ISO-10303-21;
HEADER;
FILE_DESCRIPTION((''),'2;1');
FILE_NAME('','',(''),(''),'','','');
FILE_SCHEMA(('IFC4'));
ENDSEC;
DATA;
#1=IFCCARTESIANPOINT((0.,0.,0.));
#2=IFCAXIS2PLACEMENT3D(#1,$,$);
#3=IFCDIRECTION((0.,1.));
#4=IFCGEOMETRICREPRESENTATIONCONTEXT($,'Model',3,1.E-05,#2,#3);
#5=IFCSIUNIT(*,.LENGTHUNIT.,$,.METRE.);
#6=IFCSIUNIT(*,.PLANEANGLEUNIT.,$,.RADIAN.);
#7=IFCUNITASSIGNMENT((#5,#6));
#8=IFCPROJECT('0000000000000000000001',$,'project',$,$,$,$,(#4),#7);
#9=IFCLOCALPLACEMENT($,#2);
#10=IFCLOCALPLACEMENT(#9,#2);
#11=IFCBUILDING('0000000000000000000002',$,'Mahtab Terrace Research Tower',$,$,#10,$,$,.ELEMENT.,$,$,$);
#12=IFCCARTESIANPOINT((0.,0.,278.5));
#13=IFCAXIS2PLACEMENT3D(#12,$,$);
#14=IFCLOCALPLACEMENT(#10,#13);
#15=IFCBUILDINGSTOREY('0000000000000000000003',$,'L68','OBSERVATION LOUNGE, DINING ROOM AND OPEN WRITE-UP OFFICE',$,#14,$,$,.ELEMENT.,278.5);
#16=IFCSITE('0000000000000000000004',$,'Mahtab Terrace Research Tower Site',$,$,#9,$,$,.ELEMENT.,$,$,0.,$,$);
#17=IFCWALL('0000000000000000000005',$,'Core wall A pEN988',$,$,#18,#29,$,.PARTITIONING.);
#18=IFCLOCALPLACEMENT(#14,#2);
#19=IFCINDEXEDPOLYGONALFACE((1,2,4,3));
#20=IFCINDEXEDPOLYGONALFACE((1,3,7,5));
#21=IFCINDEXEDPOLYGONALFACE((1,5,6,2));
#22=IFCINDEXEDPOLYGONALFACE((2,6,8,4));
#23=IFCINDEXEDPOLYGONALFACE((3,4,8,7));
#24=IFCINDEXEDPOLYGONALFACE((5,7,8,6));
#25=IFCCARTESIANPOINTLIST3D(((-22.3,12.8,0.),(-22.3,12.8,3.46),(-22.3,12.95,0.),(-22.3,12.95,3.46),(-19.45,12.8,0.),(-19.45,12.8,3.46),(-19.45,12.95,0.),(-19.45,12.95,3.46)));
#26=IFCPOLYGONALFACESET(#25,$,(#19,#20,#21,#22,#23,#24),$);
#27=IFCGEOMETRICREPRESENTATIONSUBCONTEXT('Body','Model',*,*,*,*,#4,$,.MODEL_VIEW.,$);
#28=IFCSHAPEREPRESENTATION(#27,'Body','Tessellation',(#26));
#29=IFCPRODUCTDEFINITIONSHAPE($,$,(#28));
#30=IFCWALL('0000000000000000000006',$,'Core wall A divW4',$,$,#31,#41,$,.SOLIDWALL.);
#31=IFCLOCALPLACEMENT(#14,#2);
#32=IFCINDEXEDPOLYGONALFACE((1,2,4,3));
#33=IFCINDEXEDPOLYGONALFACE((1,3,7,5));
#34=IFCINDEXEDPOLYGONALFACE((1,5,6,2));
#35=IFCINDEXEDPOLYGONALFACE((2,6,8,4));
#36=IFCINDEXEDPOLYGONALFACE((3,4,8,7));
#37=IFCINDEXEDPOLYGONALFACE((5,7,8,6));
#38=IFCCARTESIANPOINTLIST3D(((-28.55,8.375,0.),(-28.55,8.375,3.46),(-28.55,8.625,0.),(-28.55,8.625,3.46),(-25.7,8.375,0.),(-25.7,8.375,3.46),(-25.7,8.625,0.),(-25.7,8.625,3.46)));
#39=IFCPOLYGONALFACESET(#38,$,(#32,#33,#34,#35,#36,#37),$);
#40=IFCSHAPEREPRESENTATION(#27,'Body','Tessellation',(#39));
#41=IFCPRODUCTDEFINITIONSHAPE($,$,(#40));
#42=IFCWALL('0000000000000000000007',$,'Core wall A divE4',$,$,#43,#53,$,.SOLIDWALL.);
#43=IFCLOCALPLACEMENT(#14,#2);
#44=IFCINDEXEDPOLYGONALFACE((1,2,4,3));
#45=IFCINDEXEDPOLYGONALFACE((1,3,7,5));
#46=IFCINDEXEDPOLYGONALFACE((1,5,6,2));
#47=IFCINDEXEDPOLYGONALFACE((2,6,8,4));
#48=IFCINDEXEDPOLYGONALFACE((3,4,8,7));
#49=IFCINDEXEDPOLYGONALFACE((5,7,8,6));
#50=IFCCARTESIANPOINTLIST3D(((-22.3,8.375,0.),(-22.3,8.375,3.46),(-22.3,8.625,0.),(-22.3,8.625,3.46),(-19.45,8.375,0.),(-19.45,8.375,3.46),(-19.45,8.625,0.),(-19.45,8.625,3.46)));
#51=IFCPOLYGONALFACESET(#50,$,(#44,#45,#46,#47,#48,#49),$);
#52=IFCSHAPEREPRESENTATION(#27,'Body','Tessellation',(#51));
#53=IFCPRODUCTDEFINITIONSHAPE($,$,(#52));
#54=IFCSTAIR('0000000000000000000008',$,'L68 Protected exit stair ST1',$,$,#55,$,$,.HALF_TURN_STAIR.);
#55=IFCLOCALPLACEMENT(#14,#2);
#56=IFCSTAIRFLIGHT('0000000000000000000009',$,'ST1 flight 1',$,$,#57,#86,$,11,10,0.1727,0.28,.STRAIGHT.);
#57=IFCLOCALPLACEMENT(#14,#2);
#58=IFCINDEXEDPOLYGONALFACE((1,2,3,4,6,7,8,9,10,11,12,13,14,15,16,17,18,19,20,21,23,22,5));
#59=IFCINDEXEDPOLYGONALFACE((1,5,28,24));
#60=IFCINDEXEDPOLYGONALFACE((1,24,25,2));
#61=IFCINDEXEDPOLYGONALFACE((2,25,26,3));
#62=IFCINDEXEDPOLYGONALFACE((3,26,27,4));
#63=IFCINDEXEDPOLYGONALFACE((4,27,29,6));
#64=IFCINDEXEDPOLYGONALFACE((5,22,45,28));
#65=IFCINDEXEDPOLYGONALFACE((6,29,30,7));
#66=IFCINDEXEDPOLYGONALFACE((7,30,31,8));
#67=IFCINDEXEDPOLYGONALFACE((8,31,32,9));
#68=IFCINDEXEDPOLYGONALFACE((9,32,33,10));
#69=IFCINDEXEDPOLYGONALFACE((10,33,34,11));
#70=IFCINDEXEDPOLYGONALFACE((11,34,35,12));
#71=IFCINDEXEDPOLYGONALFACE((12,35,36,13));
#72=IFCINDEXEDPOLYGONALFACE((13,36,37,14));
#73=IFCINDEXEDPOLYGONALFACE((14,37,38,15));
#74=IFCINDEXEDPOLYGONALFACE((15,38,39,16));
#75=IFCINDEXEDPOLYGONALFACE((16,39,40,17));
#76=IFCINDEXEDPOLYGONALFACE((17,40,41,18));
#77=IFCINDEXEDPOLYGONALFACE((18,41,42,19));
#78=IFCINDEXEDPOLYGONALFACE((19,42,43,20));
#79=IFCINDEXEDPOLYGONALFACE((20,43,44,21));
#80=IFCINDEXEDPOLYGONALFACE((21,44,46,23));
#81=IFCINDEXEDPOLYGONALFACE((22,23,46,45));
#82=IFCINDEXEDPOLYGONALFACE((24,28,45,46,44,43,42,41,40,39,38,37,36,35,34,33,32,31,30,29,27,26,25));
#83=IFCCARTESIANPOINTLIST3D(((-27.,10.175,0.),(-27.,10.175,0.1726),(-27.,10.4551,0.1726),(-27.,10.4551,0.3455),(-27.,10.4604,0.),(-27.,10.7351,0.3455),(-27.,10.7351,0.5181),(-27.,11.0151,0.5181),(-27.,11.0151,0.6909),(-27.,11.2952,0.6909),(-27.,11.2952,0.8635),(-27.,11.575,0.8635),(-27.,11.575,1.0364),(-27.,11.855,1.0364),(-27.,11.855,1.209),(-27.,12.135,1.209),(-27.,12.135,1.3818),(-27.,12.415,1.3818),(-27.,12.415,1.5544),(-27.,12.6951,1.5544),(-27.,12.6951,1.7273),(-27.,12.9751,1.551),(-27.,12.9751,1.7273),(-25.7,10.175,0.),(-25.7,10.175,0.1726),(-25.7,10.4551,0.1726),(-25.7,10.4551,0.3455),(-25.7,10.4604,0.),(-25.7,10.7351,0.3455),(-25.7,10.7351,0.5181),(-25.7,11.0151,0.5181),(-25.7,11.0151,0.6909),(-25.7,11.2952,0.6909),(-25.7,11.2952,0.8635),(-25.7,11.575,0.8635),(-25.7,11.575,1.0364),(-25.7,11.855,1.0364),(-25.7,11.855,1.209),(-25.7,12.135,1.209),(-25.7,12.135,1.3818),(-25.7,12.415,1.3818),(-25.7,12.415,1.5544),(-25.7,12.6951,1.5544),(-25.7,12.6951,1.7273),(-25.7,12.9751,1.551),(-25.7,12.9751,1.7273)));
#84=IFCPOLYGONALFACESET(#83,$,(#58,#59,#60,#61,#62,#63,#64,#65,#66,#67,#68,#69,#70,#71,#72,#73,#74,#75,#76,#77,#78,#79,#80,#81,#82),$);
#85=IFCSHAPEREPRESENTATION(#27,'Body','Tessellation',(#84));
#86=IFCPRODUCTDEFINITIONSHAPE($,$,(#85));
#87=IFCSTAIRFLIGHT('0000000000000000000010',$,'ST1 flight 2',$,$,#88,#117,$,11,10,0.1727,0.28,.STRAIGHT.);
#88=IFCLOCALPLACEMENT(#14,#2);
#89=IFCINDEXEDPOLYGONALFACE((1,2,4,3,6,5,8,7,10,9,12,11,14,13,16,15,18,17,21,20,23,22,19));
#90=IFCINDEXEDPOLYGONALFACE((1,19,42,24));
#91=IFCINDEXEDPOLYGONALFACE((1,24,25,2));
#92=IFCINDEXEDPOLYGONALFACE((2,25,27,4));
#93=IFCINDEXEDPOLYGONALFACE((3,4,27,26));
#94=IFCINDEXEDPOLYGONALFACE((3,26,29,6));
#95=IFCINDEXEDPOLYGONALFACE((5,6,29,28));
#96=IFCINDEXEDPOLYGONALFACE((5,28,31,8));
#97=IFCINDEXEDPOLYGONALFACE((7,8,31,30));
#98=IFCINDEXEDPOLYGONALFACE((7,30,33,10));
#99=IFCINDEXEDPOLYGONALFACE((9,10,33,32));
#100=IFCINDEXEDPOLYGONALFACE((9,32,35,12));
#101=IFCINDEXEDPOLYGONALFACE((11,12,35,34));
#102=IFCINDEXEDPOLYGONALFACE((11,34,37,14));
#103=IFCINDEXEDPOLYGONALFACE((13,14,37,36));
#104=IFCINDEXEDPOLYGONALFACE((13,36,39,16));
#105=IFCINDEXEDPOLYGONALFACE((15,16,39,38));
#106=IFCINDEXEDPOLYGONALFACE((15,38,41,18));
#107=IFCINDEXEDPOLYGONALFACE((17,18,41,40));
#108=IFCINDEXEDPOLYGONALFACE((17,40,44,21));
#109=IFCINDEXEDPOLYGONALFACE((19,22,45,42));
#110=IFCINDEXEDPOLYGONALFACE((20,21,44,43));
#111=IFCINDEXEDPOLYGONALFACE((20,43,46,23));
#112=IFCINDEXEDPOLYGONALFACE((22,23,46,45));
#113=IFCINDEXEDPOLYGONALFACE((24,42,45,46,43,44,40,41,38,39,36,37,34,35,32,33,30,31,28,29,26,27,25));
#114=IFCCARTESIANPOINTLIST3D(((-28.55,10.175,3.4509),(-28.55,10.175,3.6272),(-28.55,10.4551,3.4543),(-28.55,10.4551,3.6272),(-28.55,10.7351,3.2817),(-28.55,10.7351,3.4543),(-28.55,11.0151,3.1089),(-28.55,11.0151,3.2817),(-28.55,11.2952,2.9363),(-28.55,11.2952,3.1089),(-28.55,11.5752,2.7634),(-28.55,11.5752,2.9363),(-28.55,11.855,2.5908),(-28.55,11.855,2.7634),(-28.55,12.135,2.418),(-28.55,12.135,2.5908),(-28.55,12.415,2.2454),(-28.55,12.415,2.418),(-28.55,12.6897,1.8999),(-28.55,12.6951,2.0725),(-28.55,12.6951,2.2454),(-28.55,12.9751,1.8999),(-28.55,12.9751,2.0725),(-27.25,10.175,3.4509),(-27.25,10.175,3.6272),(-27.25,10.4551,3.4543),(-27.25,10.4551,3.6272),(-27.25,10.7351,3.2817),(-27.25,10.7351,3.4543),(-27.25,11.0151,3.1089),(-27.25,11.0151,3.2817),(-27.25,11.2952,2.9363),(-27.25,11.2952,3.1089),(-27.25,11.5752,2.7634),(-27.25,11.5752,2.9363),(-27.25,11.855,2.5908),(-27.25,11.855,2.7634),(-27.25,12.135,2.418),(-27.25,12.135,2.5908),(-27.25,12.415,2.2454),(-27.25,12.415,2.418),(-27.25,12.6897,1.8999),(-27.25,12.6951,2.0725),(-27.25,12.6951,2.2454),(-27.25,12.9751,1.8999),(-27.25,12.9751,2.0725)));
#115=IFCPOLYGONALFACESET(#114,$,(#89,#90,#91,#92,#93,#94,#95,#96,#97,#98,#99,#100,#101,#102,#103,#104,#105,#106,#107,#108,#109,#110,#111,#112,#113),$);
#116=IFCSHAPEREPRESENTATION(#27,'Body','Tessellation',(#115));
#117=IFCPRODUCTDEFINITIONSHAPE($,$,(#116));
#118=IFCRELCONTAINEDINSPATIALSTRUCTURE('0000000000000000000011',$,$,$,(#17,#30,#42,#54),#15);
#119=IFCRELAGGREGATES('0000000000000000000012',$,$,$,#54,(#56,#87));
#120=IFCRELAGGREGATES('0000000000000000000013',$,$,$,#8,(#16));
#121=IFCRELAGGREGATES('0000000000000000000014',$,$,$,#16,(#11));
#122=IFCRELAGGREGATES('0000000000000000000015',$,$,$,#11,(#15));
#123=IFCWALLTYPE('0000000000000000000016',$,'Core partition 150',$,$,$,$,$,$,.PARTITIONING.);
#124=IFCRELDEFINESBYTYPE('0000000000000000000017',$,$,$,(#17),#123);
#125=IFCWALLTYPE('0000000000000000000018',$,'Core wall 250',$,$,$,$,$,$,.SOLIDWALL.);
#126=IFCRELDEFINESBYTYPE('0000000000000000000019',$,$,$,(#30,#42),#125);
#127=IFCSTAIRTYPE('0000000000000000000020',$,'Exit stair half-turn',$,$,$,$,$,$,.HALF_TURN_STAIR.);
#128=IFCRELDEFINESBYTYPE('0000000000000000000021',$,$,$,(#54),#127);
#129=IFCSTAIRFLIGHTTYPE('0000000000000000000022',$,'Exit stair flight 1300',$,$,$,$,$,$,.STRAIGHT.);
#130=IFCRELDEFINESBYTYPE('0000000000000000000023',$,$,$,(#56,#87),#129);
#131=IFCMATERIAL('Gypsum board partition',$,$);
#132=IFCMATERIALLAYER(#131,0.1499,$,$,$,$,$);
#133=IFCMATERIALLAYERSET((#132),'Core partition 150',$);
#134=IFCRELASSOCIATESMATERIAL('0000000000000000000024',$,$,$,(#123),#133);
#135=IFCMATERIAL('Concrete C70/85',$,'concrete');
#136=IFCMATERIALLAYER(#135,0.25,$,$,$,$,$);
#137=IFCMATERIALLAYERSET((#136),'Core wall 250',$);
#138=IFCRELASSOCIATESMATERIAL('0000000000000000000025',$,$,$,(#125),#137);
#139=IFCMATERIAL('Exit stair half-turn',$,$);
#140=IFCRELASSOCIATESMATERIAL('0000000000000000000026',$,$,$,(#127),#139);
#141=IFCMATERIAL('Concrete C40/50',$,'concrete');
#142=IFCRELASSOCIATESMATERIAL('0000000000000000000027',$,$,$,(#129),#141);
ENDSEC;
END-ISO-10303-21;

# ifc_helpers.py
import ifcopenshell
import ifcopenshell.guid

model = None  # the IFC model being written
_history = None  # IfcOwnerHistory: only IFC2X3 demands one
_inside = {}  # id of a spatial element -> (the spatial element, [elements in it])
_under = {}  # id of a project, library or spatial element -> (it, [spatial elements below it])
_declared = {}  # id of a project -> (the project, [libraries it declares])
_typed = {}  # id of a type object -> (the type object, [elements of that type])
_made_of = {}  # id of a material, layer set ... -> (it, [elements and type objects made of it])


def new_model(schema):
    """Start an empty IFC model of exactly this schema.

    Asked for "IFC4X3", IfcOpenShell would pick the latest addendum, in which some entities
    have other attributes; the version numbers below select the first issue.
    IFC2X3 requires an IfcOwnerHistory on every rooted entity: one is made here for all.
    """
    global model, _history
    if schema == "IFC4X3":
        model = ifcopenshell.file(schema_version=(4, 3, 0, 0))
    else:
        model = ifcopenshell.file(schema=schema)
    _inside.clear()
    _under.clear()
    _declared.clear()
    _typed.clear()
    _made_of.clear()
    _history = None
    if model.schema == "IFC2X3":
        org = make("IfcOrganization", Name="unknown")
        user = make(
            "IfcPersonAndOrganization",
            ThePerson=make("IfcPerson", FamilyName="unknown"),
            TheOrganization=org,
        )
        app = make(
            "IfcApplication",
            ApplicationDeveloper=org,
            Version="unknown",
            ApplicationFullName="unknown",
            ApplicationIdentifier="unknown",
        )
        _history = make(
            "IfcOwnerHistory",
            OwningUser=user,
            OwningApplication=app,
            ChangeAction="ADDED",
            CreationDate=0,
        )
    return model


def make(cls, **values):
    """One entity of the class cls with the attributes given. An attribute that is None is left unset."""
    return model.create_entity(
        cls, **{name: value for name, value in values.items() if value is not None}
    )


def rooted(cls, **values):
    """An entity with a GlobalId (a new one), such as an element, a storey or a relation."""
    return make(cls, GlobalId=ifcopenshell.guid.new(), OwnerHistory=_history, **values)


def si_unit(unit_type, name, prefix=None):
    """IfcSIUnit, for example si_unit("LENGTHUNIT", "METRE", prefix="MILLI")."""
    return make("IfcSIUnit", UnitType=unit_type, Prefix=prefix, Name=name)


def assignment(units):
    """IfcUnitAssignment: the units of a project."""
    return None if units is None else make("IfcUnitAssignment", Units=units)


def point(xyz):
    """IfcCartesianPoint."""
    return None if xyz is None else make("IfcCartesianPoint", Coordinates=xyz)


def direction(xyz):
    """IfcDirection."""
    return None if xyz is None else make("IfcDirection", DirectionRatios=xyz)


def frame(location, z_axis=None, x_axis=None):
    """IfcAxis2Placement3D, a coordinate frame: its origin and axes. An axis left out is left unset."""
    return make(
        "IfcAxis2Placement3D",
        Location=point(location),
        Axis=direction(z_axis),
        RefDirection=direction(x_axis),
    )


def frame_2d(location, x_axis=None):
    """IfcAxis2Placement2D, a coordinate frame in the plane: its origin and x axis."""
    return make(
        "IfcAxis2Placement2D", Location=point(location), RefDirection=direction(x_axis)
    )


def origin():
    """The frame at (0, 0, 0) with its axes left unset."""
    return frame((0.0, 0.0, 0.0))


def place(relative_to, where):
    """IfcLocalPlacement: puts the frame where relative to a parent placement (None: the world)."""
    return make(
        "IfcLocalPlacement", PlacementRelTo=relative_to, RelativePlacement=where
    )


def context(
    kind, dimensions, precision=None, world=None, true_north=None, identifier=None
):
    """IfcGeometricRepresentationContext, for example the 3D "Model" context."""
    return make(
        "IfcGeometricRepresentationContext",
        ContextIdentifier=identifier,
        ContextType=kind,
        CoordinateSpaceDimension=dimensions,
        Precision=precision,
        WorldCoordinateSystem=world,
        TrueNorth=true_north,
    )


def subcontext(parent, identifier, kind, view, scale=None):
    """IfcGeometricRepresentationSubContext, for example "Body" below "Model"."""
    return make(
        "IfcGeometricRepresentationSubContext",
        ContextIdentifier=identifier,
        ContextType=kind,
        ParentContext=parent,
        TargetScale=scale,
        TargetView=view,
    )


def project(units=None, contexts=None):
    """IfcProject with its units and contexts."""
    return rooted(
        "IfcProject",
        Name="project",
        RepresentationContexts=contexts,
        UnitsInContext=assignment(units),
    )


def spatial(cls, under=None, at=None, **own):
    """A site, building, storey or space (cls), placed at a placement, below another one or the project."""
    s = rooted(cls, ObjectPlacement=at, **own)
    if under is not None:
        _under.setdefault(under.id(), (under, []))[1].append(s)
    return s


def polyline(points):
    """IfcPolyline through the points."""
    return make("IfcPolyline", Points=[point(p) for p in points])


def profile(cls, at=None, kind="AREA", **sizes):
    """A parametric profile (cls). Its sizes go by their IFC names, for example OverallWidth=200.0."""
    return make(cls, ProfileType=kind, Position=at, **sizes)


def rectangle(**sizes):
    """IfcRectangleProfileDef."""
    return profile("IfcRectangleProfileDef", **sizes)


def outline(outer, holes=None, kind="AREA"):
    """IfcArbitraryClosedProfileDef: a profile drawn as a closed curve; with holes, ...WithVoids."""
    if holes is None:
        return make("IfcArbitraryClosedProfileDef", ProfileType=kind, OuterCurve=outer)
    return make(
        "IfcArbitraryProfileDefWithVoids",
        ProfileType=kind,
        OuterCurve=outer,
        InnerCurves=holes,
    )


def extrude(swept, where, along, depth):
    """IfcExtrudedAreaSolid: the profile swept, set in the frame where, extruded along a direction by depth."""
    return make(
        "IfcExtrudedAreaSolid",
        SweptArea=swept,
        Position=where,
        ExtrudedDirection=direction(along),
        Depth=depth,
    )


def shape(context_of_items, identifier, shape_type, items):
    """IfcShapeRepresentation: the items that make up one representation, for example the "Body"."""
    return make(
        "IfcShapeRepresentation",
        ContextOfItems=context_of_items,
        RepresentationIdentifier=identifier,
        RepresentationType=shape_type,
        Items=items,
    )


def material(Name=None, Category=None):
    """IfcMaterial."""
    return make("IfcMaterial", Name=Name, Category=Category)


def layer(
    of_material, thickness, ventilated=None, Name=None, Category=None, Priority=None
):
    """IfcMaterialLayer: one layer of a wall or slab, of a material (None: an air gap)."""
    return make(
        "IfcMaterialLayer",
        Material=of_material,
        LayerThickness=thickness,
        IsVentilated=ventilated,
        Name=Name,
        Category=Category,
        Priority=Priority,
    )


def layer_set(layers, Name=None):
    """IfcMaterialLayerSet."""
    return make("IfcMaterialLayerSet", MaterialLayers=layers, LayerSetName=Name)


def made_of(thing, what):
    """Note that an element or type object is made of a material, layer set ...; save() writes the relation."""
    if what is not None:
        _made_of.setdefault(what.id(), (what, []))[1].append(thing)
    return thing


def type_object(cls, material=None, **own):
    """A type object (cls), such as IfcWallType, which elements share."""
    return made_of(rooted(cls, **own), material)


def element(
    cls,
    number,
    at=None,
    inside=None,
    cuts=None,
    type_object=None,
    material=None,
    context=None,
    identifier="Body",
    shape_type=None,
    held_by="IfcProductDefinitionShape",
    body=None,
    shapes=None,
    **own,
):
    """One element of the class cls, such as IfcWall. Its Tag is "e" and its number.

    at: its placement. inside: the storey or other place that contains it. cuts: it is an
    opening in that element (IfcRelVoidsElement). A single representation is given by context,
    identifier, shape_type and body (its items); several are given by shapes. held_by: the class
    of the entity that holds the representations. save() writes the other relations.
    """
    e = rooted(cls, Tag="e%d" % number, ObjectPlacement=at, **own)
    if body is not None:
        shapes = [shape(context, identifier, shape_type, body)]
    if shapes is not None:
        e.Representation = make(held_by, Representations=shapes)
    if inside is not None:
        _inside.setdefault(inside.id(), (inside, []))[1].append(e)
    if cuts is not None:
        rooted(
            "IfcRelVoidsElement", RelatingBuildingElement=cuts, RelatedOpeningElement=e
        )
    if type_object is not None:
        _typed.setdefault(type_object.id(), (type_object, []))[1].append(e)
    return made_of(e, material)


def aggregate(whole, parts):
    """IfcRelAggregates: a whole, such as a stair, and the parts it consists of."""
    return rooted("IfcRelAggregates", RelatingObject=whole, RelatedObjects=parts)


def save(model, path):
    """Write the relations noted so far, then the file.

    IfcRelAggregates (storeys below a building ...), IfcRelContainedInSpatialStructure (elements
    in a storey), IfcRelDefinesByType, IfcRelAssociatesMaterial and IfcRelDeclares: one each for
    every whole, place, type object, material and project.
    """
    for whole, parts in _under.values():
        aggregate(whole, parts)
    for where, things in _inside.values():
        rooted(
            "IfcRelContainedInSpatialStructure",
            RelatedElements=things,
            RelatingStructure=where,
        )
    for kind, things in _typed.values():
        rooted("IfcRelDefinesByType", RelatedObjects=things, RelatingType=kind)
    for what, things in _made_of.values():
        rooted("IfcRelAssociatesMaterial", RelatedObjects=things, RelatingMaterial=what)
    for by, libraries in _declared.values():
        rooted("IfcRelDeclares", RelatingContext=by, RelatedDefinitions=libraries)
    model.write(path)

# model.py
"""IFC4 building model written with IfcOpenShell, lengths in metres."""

from ifc_helpers import new_model, si_unit, direction, frame, frame_2d, origin, place, context, subcontext, project, spatial, polyline, rectangle, outline, extrude, material, layer, layer_set, type_object, element, aggregate, save


model = new_model("IFC4")

# Units and contexts
model_context = context("Model", 3, precision=1e-05, world=origin(), true_north=direction((0.0, 1.0)))
body_context = subcontext(model_context, "Body", "Model", "MODEL_VIEW")
ifc_project = project(units=[si_unit("LENGTHUNIT", "METRE"), si_unit("PLANEANGLEUNIT", "RADIAN")], contexts=[model_context])

# Site, building, storey
site_placement = place(None, origin())
site = spatial("IfcSite", under=ifc_project, at=site_placement, Name="Mahtab Terrace Research Tower Site", CompositionType="ELEMENT", RefElevation=0.0)
building_placement = place(site_placement, origin())
building = spatial("IfcBuilding", under=site, at=building_placement, Name="Mahtab Terrace Research Tower", CompositionType="ELEMENT")
storey_placement = place(building_placement, frame((0.0, 0.0, 278.5)))
storey = spatial("IfcBuildingStorey", under=building, at=storey_placement, Name="L68", Description="OBSERVATION LOUNGE, DINING ROOM AND OPEN WRITE-UP OFFICE", CompositionType="ELEMENT", Elevation=278.5)

# Walls
ifc_material_1 = material(Name="Gypsum board partition")
ifc_layer_1 = layer(ifc_material_1, 0.1499)
ifc_layer_set_1 = layer_set([ifc_layer_1], Name="Core partition 150")
wall_type_1 = type_object("IfcWallType", Name="Core partition 150", PredefinedType="PARTITIONING", material=ifc_layer_set_1)
wall_placement = place(storey_placement, frame((-22.3, 12.875, 0.0), z_axis=(0.0, 0.0, 1.0), x_axis=(1.0, 0.0, 0.0)))
element("IfcWall", 1, at=wall_placement, inside=storey, type_object=wall_type_1, Name="Core wall A pEN988", PredefinedType="PARTITIONING", context=body_context, shape_type="SweptSolid", body=[
    extrude(rectangle(XDim=2.8501, YDim=0.1499, at=frame_2d((1.425, 0.0))), origin(), (0.0, 0.0, 1.0), 3.46),
])
ifc_material_2 = material(Name="Concrete C70/85", Category="concrete")
ifc_layer_2 = layer(ifc_material_2, 0.25)
ifc_layer_set_2 = layer_set([ifc_layer_2], Name="Core wall 250")
wall_type_2 = type_object("IfcWallType", Name="Core wall 250", PredefinedType="SOLIDWALL", material=ifc_layer_set_2)
for number, where, z_axis, x_axis, name in (
    (2, (-28.55, 8.5, 0.0), (0.0, 0.0, 1.0), (1.0, 0.0, 0.0), "Core wall A divW4"),
    (3, (-22.3, 8.5, 0.0), (0.0, 0.0, 1.0), (1.0, 0.0, 0.0), "Core wall A divE4"),
):
    element("IfcWall", number, at=place(storey_placement, frame(where, z_axis=z_axis, x_axis=x_axis)), inside=storey, type_object=wall_type_2, Name=name, PredefinedType="SOLIDWALL", context=body_context, shape_type="SweptSolid", body=[
        extrude(rectangle(XDim=2.8501, YDim=0.25, at=frame_2d((1.425, 0.0))), origin(), (0.0, 0.0, 1.0), 3.46),
    ])

# Stair, stair flights
ifc_material_3 = material(Name="Exit stair half-turn")
stair_type = type_object("IfcStairType", Name="Exit stair half-turn", PredefinedType="HALF_TURN_STAIR", material=ifc_material_3)
stair_placement = place(storey_placement, origin())
stair = element("IfcStair", 4, at=stair_placement, inside=storey, type_object=stair_type, Name="L68 Protected exit stair ST1", PredefinedType="HALF_TURN_STAIR")
ifc_material_4 = material(Name="Concrete C40/50", Category="concrete")
stair_flight_type = type_object("IfcStairFlightType", Name="Exit stair flight 1300", PredefinedType="STRAIGHT", material=ifc_material_4)
stair_flight_1_placement = place(storey_placement, frame((-26.3501, 10.175, 0.0), z_axis=(0.0, 0.0, 1.0), x_axis=(0.0, 1.0, 0.0)))
stair_flight_1 = element("IfcStairFlight", 5, at=stair_flight_1_placement, type_object=stair_flight_type, Name="ST1 flight 1", NumberOfRisers=11, NumberOfTreads=10, PredefinedType="STRAIGHT", RiserHeight=0.1727, TreadLength=0.28, context=body_context, shape_type="SweptSolid", body=[
    extrude(outline(polyline([(0.0, 0.0), (0.0, 0.1726), (0.28, 0.1726), (0.28, 0.3455), (0.5601, 0.3455), (0.5601, 0.5181), (0.8401, 0.5181), (0.8401, 0.6909), (1.1201, 0.6909), (1.1201, 0.8635), (1.3999, 0.8635), (1.3999, 1.0364), (1.6799, 1.0364), (1.6799, 1.209), (1.96, 1.209), (1.96, 1.3818), (2.24, 1.3818), (2.24, 1.5544), (2.52, 1.5544), (2.52, 1.7273), (2.8, 1.7273), (2.8, 1.8999), (2.8, 1.551), (0.2854, 0.0), (0.0, 0.0)])), frame((0.0, 0.6499, 0.0), z_axis=(0.0, -1.0, 0.0), x_axis=(1.0, 0.0, 0.0)), (0.0, 0.0, 1.0), 1.3),
])
stair_flight_2_placement = place(storey_placement, frame((-27.8999, 12.9751, 1.8999), z_axis=(0.0, 0.0, 1.0), x_axis=(0.0, -1.0, 0.0)))
stair_flight_2 = element("IfcStairFlight", 6, at=stair_flight_2_placement, type_object=stair_flight_type, Name="ST1 flight 2", NumberOfRisers=11, NumberOfTreads=10, PredefinedType="STRAIGHT", RiserHeight=0.1727, TreadLength=0.28, context=body_context, shape_type="SweptSolid", body=[
    extrude(outline(polyline([(0.0, 0.0), (0.0, 0.1726), (0.28, 0.1726), (0.28, 0.3455), (0.5601, 0.3455), (0.5601, 0.5181), (0.8401, 0.5181), (0.8401, 0.6909), (1.1201, 0.6909), (1.1201, 0.8635), (1.3999, 0.8635), (1.3999, 1.0364), (1.6799, 1.0364), (1.6799, 1.209), (1.96, 1.209), (1.96, 1.3818), (2.24, 1.3818), (2.24, 1.5544), (2.52, 1.5544), (2.52, 1.7273), (2.8, 1.7273), (2.8, 1.8999), (2.8, 1.551), (0.2854, 0.0), (0.0, 0.0)])), frame((0.0, 0.6499, 0.0), z_axis=(0.0, -1.0, 0.0), x_axis=(1.0, 0.0, 0.0)), (0.0, 0.0, 1.0), 1.3),
])
aggregate(stair, [stair_flight_1, stair_flight_2])

save(model, "model.ifc")
